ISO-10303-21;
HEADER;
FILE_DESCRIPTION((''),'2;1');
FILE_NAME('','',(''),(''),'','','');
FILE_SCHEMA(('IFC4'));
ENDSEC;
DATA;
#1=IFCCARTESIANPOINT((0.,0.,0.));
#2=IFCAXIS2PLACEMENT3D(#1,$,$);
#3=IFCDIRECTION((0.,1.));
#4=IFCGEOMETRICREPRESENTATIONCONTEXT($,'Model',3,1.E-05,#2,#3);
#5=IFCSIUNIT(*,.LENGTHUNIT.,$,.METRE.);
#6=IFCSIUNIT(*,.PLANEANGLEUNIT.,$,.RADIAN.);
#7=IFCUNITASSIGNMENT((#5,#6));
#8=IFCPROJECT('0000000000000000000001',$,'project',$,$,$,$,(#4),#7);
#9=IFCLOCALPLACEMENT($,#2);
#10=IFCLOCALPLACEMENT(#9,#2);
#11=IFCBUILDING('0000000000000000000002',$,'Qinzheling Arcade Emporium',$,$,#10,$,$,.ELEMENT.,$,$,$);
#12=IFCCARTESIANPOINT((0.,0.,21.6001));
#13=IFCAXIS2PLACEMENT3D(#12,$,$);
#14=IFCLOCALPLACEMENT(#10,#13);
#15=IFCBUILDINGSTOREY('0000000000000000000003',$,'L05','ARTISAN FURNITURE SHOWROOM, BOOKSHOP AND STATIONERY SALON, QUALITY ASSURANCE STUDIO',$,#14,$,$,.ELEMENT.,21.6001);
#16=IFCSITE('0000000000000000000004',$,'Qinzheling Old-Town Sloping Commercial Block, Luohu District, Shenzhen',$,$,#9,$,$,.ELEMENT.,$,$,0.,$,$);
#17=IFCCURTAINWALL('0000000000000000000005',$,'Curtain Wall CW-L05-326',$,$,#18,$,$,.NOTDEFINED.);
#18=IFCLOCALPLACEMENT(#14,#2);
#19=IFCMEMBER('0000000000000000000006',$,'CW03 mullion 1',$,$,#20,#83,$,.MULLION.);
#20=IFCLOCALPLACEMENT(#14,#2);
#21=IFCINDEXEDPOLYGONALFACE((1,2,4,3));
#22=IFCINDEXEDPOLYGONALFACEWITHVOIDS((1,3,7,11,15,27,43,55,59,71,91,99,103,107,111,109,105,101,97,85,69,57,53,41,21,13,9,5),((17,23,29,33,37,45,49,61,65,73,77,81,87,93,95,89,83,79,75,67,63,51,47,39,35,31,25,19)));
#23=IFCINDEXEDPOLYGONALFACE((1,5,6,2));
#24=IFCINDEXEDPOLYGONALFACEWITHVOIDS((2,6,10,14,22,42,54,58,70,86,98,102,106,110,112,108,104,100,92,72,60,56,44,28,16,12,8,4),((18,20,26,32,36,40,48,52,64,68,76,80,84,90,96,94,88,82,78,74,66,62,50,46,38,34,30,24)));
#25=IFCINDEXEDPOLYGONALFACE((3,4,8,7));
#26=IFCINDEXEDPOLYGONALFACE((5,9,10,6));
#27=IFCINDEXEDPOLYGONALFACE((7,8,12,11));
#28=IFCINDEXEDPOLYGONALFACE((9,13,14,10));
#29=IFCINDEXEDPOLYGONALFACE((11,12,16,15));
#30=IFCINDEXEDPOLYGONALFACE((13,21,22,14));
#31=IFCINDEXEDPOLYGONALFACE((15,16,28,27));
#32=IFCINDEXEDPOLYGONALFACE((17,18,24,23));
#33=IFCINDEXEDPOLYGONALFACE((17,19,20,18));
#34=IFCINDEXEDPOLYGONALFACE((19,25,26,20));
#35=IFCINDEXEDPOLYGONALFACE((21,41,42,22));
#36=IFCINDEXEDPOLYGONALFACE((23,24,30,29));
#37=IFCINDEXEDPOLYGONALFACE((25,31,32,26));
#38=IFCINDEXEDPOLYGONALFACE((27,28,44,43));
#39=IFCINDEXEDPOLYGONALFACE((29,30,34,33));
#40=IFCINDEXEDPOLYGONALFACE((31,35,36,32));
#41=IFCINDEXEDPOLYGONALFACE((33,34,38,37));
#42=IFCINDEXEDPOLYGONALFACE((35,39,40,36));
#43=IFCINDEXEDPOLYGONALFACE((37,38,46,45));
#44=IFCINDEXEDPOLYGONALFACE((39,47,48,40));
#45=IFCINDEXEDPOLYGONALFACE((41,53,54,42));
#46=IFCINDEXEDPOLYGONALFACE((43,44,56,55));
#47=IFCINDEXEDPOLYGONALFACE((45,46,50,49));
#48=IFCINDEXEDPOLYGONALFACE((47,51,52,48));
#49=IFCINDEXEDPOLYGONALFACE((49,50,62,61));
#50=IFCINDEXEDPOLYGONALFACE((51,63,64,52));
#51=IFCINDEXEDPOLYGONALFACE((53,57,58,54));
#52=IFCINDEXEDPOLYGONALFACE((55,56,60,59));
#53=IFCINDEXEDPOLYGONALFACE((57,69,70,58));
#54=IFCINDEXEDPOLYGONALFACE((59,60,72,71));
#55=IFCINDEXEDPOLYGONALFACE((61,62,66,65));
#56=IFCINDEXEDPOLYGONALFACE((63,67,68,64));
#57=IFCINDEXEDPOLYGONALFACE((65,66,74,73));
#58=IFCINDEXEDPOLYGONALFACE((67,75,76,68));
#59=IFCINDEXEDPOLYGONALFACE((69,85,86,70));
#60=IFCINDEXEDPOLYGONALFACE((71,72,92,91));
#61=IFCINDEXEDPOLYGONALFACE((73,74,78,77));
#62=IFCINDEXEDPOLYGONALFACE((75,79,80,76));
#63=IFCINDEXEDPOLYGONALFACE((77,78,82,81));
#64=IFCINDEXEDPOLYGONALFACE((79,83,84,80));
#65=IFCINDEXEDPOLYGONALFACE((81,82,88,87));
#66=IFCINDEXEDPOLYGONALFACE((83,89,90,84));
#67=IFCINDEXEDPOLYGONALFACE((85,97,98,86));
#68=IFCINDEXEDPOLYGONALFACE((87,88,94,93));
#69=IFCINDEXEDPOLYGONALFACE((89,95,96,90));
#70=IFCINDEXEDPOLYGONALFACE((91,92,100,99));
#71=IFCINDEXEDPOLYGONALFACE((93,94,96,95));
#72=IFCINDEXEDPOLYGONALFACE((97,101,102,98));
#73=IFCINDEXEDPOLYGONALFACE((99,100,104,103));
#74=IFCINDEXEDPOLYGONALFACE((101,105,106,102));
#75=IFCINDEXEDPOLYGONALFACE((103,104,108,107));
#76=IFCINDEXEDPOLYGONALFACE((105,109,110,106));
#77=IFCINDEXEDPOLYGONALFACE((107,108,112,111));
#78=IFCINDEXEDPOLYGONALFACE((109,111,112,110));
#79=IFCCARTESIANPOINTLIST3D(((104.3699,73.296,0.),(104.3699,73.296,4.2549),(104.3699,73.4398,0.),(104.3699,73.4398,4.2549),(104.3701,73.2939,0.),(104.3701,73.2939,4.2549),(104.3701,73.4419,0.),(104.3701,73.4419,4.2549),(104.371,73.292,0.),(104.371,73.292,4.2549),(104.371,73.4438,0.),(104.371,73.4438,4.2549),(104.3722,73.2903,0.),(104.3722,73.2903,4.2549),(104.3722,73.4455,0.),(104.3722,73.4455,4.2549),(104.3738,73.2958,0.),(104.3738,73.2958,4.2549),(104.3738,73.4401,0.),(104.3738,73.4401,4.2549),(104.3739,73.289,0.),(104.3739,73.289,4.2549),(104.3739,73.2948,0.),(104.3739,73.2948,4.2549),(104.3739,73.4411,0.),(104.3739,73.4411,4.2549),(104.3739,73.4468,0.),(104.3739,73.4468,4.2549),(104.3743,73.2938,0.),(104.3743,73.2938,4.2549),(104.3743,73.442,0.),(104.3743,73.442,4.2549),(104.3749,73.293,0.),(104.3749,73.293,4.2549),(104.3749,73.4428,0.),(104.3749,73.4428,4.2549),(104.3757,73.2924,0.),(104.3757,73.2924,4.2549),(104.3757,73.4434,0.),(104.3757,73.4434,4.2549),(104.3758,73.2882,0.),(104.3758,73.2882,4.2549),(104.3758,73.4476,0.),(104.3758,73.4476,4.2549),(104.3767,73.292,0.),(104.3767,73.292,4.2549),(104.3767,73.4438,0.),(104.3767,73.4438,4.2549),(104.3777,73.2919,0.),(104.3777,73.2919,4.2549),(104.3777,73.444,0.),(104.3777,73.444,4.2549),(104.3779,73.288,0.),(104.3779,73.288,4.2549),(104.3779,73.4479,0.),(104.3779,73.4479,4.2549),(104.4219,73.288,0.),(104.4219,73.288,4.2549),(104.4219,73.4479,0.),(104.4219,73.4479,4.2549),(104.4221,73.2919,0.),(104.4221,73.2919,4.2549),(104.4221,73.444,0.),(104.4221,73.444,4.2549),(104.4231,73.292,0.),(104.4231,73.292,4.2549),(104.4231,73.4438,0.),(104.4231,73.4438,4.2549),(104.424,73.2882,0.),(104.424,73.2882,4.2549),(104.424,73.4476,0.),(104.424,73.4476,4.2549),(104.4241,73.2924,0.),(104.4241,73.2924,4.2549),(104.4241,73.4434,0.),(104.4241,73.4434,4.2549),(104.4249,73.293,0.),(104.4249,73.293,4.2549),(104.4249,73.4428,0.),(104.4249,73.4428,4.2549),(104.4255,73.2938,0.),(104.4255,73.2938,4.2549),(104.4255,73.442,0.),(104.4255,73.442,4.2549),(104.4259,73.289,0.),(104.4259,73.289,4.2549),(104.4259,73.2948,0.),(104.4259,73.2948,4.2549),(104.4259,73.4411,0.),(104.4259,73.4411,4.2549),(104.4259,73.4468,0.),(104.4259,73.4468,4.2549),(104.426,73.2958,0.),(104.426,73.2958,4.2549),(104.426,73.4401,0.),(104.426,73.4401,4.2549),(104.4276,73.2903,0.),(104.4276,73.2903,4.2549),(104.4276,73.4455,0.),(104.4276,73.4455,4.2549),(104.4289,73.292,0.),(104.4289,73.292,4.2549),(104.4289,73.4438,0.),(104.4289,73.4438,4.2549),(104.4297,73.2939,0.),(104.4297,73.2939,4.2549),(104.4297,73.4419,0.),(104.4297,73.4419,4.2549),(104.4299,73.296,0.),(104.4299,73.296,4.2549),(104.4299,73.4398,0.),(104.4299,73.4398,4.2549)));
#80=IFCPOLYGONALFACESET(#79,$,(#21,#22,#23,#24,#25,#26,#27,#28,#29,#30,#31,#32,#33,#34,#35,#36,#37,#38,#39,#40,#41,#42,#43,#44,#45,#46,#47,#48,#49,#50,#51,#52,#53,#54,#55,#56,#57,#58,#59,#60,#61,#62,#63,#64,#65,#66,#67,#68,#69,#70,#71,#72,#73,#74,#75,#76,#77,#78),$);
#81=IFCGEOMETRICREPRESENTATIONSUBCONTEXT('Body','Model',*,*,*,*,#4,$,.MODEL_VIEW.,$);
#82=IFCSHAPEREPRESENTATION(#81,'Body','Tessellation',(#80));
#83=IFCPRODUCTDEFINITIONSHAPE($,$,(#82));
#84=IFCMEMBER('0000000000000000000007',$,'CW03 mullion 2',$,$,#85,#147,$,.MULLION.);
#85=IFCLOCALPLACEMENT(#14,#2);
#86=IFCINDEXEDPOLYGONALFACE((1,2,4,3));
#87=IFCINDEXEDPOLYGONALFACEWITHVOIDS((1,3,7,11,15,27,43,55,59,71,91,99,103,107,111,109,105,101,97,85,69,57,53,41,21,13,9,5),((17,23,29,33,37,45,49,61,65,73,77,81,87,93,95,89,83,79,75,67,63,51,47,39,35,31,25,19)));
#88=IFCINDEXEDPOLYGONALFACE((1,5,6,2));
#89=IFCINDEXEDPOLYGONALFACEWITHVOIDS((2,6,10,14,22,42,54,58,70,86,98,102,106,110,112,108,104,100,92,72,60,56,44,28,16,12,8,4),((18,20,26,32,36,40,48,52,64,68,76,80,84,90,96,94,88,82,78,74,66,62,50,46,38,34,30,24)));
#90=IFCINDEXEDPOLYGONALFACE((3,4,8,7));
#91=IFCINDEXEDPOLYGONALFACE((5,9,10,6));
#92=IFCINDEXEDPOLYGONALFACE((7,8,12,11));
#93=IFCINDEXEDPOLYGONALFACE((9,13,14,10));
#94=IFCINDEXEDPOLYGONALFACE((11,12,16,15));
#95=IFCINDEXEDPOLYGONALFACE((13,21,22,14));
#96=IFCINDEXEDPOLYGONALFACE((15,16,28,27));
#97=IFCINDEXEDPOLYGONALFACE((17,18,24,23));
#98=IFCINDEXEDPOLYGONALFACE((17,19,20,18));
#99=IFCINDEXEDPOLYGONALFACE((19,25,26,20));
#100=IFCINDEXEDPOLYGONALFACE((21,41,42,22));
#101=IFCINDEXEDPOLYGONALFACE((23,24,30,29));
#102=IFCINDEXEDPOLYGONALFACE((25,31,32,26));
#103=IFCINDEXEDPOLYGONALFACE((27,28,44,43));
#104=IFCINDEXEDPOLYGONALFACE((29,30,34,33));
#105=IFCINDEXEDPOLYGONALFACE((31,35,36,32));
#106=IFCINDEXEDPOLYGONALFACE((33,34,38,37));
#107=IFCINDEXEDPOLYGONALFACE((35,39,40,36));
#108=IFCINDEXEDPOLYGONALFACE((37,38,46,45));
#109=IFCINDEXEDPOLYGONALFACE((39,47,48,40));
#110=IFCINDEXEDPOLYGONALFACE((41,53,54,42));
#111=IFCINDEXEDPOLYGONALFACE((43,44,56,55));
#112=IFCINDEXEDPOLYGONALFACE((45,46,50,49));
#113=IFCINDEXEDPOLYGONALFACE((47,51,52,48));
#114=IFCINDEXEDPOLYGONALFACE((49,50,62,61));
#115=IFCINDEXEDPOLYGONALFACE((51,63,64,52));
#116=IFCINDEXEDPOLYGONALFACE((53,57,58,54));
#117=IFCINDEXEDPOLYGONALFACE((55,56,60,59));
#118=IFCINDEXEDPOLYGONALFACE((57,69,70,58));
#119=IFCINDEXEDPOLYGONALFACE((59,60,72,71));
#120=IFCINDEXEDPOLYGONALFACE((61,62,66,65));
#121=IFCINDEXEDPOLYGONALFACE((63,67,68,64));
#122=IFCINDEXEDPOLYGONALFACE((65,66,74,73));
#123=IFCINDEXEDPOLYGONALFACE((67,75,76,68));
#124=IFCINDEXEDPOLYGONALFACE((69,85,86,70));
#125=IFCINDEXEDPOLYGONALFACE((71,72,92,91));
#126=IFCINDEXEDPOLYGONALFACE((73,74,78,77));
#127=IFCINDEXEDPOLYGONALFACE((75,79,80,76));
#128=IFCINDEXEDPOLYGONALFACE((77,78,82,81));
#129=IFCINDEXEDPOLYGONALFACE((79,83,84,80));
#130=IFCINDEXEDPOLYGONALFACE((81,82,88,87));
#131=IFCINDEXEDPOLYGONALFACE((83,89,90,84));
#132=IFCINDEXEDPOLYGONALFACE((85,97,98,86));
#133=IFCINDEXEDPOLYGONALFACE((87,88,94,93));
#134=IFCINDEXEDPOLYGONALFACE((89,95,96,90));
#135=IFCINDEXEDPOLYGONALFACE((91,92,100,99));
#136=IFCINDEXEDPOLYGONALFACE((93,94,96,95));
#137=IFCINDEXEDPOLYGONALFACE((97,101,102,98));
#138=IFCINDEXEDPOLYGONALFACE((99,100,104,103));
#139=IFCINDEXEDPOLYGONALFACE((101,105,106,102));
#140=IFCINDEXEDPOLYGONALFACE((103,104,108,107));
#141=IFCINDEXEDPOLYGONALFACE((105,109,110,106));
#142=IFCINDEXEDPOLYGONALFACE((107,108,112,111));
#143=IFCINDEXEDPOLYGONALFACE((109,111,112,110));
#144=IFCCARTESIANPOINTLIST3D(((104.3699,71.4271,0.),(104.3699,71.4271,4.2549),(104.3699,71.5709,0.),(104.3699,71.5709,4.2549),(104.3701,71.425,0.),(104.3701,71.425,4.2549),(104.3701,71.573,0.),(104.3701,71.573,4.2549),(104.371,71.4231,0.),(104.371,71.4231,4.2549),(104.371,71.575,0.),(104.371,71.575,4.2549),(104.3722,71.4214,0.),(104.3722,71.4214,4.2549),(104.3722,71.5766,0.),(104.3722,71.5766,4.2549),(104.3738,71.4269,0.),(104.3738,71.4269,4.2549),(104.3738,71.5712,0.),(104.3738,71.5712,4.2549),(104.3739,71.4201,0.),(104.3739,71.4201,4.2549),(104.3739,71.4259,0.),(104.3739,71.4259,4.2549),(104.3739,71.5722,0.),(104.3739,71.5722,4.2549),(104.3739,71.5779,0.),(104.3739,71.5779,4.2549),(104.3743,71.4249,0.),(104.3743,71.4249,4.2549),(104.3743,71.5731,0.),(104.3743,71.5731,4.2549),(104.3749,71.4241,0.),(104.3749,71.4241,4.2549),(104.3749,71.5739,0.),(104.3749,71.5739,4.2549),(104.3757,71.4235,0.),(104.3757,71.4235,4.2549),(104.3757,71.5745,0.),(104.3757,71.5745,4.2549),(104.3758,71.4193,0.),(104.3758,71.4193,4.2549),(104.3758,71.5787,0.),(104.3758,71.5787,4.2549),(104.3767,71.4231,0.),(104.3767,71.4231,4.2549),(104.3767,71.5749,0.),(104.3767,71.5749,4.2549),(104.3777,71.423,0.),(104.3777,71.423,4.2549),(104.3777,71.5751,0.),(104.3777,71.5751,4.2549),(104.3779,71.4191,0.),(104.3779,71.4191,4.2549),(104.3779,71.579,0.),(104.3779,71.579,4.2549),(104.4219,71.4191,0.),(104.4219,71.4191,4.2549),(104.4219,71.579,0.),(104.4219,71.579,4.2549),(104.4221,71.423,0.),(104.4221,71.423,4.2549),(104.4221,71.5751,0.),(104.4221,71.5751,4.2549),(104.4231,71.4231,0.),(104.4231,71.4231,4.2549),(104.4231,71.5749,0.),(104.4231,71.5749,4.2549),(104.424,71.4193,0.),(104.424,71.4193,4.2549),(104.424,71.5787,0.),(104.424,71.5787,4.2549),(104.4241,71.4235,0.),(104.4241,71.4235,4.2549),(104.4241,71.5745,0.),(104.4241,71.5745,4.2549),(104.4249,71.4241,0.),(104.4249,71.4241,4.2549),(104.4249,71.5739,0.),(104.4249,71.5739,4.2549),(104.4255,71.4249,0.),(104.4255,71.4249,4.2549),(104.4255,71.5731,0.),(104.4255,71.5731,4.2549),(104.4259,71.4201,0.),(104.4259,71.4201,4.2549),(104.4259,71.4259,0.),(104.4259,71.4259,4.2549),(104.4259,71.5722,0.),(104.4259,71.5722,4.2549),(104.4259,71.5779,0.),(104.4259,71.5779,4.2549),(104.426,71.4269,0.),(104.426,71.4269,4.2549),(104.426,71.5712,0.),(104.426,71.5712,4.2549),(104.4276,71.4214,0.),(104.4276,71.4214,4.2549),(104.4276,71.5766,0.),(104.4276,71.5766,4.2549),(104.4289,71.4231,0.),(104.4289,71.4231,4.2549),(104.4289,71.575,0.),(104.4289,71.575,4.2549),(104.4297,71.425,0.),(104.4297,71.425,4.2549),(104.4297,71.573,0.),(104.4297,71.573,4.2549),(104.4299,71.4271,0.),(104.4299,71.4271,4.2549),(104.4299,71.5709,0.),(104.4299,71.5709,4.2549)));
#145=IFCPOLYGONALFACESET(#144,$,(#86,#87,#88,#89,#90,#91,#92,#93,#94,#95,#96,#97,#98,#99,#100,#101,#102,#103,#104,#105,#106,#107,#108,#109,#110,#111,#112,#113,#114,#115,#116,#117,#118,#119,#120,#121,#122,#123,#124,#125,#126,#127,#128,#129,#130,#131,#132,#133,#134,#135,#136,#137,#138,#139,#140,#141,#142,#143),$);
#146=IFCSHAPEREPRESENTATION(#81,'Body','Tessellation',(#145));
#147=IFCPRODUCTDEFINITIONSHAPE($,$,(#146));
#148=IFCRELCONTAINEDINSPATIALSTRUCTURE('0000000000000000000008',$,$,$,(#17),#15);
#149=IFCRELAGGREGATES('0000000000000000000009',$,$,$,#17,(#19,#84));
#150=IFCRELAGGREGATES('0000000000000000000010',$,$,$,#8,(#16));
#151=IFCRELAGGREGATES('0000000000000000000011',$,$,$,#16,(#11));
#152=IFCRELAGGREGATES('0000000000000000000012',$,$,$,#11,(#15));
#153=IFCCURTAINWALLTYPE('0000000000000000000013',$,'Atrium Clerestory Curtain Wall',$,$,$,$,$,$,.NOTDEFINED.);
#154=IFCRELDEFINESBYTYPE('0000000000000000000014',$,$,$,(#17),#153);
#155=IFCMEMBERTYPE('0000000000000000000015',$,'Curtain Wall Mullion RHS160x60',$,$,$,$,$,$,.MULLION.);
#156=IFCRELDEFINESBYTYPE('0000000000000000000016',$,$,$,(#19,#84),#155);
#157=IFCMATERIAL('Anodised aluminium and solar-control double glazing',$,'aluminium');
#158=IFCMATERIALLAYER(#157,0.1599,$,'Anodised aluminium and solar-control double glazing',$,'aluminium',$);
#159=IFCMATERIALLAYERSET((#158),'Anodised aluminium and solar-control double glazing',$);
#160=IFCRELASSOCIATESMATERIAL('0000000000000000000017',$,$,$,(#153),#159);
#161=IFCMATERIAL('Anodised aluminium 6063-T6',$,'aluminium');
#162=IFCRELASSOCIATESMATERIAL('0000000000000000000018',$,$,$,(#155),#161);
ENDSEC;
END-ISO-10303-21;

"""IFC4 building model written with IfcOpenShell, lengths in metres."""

from ifc_helpers import new_model, si_unit, direction, frame, origin, origin_2d, place, context, subcontext, project, spatial, hollow_rectangle, extrude, material, layer, layer_set, material_profile, profile_set, type_object, element, aggregate, save


model = new_model("IFC4")

# Units and contexts
model_context = context("Model", 3, precision=1e-05, world=origin(), true_north=direction((0.0, 1.0)))
body_context = subcontext(model_context, "Body", "Model", "MODEL_VIEW")
ifc_project = project(units=[si_unit("LENGTHUNIT", "METRE"), si_unit("PLANEANGLEUNIT", "RADIAN")], contexts=[model_context])

# Site, building, storey
site_placement = place(None, origin())
site = spatial("IfcSite", under=ifc_project, at=site_placement, Name="Qinzheling Old-Town Sloping Commercial Block, Luohu District, Shenzhen", CompositionType="ELEMENT", RefElevation=0.0)
building_placement = place(site_placement, origin())
building = spatial("IfcBuilding", under=site, at=building_placement, Name="Qinzheling Arcade Emporium", CompositionType="ELEMENT")
storey_placement = place(building_placement, frame((0.0, 0.0, 21.6001)))
storey = spatial("IfcBuildingStorey", under=building, at=storey_placement, Name="L05", Description="ARTISAN FURNITURE SHOWROOM, BOOKSHOP AND STATIONERY SALON, QUALITY ASSURANCE STUDIO", CompositionType="ELEMENT", Elevation=21.6001)

# Curtain wall, members
ifc_material_1 = material(Name="Anodised aluminium and solar-control double glazing", Category="aluminium")
ifc_layer_1 = layer(ifc_material_1, 0.1599, Name="Anodised aluminium and solar-control double glazing", Category="aluminium")
ifc_layer_set_1 = layer_set([ifc_layer_1], Name="Anodised aluminium and solar-control double glazing")
curtain_wall_type = type_object("IfcCurtainWallType", Name="Atrium Clerestory Curtain Wall", PredefinedType="NOTDEFINED", material=ifc_layer_set_1)
curtain_wall_placement = place(storey_placement, origin())
curtain_wall = element("IfcCurtainWall", 1, at=curtain_wall_placement, inside=storey, type_object=curtain_wall_type, Name="Curtain Wall CW-L05-326", PredefinedType="NOTDEFINED")
ifc_material_2 = material(Name="Anodised aluminium 6063-T6", Category="aluminium")
ifc_material_profile_1 = material_profile(ifc_material_2, hollow_rectangle(XDim=0.0601, YDim=0.1599, WallThickness=0.0039, InnerFilletRadius=0.0039, OuterFilletRadius=0.0081, at=origin_2d()), Name="RHS 160x60x4", Category="aluminium")
ifc_profile_set_1 = profile_set([ifc_material_profile_1], Name="Anodised aluminium 6063-T6")
member_type_1 = type_object("IfcMemberType", Name="Curtain Wall Mullion RHS160x60", PredefinedType="MULLION", material=ifc_profile_set_1)
member_1_placement = place(storey_placement, frame((104.3999, 73.3679, 0.0), z_axis=(0.0, 0.0, 1.0), x_axis=(1.0, 0.0, 0.0)))
member_1 = element("IfcMember", 2, at=member_1_placement, type_object=member_type_1, Name="CW03 mullion 1", PredefinedType="MULLION", context=body_context, shape_type="SweptSolid", body=[
    extrude(hollow_rectangle(XDim=0.0601, YDim=0.1599, WallThickness=0.0039, InnerFilletRadius=0.0039, OuterFilletRadius=0.0081, at=origin_2d()), origin(), (0.0, 0.0, 1.0), 4.2549),
])
member_2_placement = place(storey_placement, frame((104.3999, 71.499, 0.0), z_axis=(0.0, 0.0, 1.0), x_axis=(1.0, 0.0, 0.0)))
member_2 = element("IfcMember", 3, at=member_2_placement, type_object=member_type_1, Name="CW03 mullion 2", PredefinedType="MULLION", context=body_context, shape_type="SweptSolid", body=[
    extrude(hollow_rectangle(XDim=0.0601, YDim=0.1599, WallThickness=0.0039, InnerFilletRadius=0.0039, OuterFilletRadius=0.0081, at=origin_2d()), origin(), (0.0, 0.0, 1.0), 4.2549),
])
aggregate(curtain_wall, [member_1, member_2])

save(model, "model.ifc")
